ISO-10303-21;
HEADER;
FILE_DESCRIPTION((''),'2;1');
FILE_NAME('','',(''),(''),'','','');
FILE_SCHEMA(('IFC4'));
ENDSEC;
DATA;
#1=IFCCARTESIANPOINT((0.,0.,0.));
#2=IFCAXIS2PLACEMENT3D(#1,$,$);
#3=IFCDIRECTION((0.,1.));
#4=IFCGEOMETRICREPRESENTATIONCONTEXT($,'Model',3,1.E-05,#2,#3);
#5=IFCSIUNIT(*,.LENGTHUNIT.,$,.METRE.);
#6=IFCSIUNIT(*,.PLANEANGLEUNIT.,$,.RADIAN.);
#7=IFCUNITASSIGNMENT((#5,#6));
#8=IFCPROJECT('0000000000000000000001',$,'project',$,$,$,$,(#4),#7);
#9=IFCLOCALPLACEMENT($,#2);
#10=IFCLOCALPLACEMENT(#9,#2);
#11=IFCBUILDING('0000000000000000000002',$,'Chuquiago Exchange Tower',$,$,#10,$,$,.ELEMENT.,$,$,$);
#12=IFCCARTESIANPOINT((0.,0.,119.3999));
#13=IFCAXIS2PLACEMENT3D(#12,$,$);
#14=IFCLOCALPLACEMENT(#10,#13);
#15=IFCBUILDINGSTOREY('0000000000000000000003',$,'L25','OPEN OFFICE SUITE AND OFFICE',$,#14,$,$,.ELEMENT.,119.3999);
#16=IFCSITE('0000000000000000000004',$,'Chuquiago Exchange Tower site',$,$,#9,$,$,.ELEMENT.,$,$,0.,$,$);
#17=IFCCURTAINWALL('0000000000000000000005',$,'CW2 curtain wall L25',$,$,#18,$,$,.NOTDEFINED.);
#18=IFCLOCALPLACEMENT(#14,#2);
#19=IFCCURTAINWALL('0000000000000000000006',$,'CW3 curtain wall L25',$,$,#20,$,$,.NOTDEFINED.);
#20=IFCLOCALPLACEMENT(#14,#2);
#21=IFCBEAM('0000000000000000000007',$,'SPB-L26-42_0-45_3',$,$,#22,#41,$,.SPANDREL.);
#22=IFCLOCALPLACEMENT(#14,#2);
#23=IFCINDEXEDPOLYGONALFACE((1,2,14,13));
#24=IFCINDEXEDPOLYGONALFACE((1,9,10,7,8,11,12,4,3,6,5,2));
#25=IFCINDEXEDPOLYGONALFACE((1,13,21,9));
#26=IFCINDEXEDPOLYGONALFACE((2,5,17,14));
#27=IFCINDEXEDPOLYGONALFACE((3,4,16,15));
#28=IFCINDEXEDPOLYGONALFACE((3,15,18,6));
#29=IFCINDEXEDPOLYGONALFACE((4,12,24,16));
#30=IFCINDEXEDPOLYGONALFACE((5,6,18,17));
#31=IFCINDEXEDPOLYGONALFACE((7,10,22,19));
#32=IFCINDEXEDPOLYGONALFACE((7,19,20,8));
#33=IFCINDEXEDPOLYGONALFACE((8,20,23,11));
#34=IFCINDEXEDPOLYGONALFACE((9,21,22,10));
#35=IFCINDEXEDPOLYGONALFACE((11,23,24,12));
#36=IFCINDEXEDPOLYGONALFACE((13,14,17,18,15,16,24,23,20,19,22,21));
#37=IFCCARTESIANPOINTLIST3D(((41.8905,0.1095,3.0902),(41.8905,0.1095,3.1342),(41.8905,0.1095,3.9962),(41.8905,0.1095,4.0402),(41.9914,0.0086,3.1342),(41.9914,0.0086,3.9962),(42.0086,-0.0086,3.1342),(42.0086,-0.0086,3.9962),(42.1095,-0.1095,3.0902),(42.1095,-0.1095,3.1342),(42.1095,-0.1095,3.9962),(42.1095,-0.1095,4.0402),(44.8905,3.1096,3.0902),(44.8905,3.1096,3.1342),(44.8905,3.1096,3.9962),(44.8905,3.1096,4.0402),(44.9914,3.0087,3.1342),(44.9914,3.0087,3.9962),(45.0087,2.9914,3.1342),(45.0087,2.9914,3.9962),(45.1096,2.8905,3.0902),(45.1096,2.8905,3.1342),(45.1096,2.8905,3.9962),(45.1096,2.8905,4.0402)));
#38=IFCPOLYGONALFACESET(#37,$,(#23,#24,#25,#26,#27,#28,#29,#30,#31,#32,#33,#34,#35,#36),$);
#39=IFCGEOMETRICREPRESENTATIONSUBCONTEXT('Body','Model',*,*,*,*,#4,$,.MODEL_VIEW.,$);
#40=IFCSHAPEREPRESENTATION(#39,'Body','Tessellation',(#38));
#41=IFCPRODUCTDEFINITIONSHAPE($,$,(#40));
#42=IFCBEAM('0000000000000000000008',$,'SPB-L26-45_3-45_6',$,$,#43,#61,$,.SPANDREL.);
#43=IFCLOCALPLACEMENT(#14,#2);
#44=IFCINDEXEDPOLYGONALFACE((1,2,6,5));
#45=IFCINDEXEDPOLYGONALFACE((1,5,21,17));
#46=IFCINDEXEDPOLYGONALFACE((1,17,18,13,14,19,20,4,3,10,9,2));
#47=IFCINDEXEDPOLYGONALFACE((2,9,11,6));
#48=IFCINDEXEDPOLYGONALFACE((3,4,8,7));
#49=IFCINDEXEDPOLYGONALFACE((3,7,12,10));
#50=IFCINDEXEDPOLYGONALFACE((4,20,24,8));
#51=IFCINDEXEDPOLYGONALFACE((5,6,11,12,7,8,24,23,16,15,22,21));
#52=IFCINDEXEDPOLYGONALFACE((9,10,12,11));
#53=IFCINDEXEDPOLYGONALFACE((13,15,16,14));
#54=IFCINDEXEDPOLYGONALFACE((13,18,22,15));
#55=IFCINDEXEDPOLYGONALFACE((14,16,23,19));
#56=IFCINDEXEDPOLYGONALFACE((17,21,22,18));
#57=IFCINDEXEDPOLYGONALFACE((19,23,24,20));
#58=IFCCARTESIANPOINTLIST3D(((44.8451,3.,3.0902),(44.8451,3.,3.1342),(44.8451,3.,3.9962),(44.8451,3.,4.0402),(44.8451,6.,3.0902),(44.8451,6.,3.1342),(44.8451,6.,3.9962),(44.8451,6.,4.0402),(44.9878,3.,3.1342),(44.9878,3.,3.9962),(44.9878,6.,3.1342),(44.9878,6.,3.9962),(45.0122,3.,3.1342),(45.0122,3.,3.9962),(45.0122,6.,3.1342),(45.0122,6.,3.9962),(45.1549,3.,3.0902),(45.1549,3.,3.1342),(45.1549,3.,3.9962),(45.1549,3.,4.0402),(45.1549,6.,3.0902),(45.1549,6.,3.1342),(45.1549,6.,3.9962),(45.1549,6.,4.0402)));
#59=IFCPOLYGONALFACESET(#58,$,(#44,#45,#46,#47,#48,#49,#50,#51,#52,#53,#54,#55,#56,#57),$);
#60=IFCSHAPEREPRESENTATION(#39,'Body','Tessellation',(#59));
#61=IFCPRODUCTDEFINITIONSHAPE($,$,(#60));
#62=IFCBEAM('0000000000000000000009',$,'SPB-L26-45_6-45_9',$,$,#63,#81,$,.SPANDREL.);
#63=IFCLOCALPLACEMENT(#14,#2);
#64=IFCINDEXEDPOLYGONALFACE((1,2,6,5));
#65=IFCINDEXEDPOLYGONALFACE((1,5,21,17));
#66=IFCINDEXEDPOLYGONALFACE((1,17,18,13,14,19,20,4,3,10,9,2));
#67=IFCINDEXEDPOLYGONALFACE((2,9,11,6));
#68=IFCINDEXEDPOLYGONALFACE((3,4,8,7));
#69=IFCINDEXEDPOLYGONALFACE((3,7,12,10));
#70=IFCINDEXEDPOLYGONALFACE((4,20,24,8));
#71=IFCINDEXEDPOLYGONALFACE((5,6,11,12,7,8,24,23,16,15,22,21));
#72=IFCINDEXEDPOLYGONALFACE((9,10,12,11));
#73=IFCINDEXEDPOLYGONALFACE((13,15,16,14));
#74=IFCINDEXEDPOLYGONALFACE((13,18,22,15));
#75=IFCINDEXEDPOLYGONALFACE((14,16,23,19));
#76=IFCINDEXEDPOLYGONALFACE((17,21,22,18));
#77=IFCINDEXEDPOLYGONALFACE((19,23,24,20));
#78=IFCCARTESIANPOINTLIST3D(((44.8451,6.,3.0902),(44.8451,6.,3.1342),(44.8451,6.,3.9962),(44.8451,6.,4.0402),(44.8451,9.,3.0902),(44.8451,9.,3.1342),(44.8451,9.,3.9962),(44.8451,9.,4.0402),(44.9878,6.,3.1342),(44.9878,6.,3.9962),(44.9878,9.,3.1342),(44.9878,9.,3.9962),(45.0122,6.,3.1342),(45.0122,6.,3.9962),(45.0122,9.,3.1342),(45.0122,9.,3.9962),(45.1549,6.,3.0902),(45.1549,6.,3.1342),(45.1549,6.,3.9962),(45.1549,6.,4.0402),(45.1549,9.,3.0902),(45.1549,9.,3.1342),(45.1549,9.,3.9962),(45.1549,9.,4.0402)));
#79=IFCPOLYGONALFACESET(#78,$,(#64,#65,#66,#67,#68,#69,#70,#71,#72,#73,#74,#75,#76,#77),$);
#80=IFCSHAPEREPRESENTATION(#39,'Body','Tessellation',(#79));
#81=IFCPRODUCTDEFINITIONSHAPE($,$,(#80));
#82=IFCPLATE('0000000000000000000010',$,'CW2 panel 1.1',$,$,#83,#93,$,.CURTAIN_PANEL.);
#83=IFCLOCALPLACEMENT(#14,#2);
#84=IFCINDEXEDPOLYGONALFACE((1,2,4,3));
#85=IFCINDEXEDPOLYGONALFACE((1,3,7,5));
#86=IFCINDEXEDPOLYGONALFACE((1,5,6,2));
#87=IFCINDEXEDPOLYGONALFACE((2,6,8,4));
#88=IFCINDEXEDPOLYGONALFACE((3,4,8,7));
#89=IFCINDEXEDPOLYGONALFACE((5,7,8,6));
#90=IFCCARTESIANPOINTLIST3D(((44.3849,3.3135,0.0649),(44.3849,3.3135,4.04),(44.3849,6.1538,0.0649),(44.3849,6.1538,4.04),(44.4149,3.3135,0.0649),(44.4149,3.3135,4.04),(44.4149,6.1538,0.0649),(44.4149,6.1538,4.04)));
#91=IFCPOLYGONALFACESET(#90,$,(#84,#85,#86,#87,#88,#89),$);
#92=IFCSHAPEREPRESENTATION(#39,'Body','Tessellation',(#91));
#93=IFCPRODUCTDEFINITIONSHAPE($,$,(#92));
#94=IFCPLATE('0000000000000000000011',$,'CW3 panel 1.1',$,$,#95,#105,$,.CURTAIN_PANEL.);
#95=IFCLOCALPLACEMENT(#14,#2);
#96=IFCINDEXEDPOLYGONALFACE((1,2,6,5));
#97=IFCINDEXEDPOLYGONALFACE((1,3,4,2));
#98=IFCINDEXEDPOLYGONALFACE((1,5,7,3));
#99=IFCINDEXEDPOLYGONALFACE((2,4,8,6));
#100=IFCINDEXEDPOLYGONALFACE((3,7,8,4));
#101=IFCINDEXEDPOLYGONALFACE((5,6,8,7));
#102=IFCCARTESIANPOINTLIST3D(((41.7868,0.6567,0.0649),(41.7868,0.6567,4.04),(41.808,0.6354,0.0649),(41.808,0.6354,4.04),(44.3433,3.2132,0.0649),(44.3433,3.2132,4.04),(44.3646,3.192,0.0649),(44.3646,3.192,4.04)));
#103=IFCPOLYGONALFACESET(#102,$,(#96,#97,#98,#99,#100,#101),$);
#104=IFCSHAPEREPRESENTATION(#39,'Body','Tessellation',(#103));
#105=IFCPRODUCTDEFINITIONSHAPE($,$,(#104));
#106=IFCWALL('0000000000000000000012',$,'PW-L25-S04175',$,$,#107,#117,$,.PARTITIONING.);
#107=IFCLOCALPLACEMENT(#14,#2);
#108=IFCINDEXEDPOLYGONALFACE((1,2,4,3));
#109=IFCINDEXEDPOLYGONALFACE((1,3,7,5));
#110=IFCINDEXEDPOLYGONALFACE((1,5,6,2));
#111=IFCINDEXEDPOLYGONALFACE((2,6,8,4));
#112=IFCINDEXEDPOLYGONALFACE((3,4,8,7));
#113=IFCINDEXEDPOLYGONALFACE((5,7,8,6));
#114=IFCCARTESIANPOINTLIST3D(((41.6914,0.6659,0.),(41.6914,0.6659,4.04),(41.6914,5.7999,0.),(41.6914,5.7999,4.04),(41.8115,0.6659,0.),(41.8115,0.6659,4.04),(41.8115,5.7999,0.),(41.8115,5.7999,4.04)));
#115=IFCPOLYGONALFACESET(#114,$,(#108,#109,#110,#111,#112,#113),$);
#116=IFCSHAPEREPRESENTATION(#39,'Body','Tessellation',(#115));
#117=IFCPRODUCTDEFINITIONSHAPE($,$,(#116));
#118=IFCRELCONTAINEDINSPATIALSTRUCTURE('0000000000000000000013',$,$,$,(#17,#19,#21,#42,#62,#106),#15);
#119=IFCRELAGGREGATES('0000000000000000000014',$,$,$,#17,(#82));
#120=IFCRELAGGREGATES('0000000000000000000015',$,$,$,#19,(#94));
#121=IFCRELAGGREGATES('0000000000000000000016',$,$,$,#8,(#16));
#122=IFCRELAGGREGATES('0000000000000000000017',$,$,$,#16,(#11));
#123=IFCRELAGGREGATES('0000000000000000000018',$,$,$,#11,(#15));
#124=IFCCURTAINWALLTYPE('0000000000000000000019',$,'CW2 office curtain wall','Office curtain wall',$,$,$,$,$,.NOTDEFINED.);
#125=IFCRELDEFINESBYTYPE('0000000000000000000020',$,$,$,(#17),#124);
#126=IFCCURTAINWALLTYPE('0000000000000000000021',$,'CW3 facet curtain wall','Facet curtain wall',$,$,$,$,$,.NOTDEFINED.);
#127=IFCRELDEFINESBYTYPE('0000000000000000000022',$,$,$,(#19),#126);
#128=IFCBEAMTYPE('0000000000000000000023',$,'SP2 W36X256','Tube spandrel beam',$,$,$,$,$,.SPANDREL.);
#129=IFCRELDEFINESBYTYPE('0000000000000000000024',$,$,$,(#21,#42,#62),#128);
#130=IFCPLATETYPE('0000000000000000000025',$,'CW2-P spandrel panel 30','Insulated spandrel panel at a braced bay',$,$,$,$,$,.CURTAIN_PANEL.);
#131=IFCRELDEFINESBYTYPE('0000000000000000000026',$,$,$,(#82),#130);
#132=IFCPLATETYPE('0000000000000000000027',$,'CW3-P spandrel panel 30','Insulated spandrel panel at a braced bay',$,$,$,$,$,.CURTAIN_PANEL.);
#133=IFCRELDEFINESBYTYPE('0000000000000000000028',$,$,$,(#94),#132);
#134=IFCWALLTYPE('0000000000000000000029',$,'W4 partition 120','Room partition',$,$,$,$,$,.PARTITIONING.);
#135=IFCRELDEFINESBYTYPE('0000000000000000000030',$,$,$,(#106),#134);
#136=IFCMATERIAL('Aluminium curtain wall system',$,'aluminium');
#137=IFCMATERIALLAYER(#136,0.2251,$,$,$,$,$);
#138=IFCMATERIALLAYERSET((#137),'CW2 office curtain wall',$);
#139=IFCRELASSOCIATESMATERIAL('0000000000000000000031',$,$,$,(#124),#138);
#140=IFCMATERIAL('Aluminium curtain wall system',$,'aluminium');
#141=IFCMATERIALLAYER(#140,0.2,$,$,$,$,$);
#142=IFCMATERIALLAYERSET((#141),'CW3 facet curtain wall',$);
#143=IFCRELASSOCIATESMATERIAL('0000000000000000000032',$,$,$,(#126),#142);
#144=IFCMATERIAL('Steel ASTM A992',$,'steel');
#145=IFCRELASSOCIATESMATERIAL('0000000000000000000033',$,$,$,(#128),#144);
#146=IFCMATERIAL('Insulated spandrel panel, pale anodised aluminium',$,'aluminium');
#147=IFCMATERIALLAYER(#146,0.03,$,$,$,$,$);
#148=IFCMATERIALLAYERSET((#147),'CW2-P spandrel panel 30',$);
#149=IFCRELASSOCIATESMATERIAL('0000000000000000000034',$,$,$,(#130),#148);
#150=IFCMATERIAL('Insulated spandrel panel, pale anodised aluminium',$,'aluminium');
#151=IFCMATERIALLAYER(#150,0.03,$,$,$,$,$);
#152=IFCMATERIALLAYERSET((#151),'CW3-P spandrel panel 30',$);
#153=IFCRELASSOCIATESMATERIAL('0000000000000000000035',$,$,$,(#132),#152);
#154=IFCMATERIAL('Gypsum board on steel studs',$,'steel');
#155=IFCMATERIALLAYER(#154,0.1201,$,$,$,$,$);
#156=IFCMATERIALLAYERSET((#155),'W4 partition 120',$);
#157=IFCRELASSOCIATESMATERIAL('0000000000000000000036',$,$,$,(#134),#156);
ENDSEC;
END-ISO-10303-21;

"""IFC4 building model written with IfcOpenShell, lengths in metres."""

from ifc_helpers import new_model, si_unit, direction, frame, frame_2d, origin, origin_2d, place, context, subcontext, project, spatial, rectangle, i_section, extrude, material, layer, layer_set, material_profile, profile_set, type_object, element, aggregate, save


model = new_model("IFC4")

# Units and contexts
model_context = context("Model", 3, precision=1e-05, world=origin(), true_north=direction((0.0, 1.0)))
body_context = subcontext(model_context, "Body", "Model", "MODEL_VIEW")
ifc_project = project(units=[si_unit("LENGTHUNIT", "METRE"), si_unit("PLANEANGLEUNIT", "RADIAN")], contexts=[model_context])

# Site, building, storey
site_placement = place(None, origin())
site = spatial("IfcSite", under=ifc_project, at=site_placement, Name="Chuquiago Exchange Tower site", CompositionType="ELEMENT", RefElevation=0.0)
building_placement = place(site_placement, origin())
building = spatial("IfcBuilding", under=site, at=building_placement, Name="Chuquiago Exchange Tower", CompositionType="ELEMENT")
storey_placement = place(building_placement, frame((0.0, 0.0, 119.3999)))
storey = spatial("IfcBuildingStorey", under=building, at=storey_placement, Name="L25", Description="OPEN OFFICE SUITE AND OFFICE", CompositionType="ELEMENT", Elevation=119.3999)

# Curtain walls
ifc_material_1 = material(Name="Aluminium curtain wall system", Category="aluminium")
ifc_layer_1 = layer(ifc_material_1, 0.2251)
ifc_layer_set_1 = layer_set([ifc_layer_1], Name="CW2 office curtain wall")
curtain_wall_type_1 = type_object("IfcCurtainWallType", Name="CW2 office curtain wall", Description="Office curtain wall", PredefinedType="NOTDEFINED", material=ifc_layer_set_1)
curtain_wall_1_placement = place(storey_placement, origin())
curtain_wall_1 = element("IfcCurtainWall", 1, at=curtain_wall_1_placement, inside=storey, type_object=curtain_wall_type_1, Name="CW2 curtain wall L25", PredefinedType="NOTDEFINED")
ifc_material_2 = material(Name="Aluminium curtain wall system", Category="aluminium")
ifc_layer_2 = layer(ifc_material_2, 0.2)
ifc_layer_set_2 = layer_set([ifc_layer_2], Name="CW3 facet curtain wall")
curtain_wall_type_2 = type_object("IfcCurtainWallType", Name="CW3 facet curtain wall", Description="Facet curtain wall", PredefinedType="NOTDEFINED", material=ifc_layer_set_2)
curtain_wall_2_placement = place(storey_placement, origin())
curtain_wall_2 = element("IfcCurtainWall", 2, at=curtain_wall_2_placement, inside=storey, type_object=curtain_wall_type_2, Name="CW3 curtain wall L25", PredefinedType="NOTDEFINED")

# Beams
ifc_material_3 = material(Name="Steel ASTM A992", Category="steel")
ifc_material_profile_1 = material_profile(ifc_material_3, i_section(OverallWidth=0.3098, OverallDepth=0.95, WebThickness=0.0244, FlangeThickness=0.0439, at=origin_2d()), Name="W36X256")
ifc_profile_set_1 = profile_set([ifc_material_profile_1], Name="Steel ASTM A992")
beam_type = type_object("IfcBeamType", Name="SP2 W36X256", Description="Tube spandrel beam", PredefinedType="SPANDREL", material=ifc_profile_set_1)
beam_placement = place(storey_placement, frame((42.0, 0.0, 3.5652), z_axis=(0.707107, 0.707107, 0.0), x_axis=(-0.707107, 0.707107, 0.0)))
element("IfcBeam", 3, at=beam_placement, inside=storey, type_object=beam_type, Name="SPB-L26-42_0-45_3", PredefinedType="SPANDREL", context=body_context, shape_type="SweptSolid", body=[
    extrude(i_section(OverallWidth=0.3098, OverallDepth=0.95, WebThickness=0.0244, FlangeThickness=0.0439, at=origin_2d()), origin(), (0.0, 0.0, 1.0), 4.2427),
])
for number, where, z_axis, x_axis, name in (
    (4, (45.0, 3.0, 3.5652), (0.0, 1.0, 0.0), (-1.0, 0.0, 0.0), "SPB-L26-45_3-45_6"),
    (5, (45.0, 6.0, 3.5652), (0.0, 1.0, 0.0), (-1.0, 0.0, 0.0), "SPB-L26-45_6-45_9"),
):
    element("IfcBeam", number, at=place(storey_placement, frame(where, z_axis=z_axis, x_axis=x_axis)), inside=storey, type_object=beam_type, Name=name, PredefinedType="SPANDREL", context=body_context, shape_type="SweptSolid", body=[
        extrude(i_section(OverallWidth=0.3098, OverallDepth=0.95, WebThickness=0.0244, FlangeThickness=0.0439, at=origin_2d()), origin(), (0.0, 0.0, 1.0), 3.0),
    ])

# Plates
ifc_material_4 = material(Name="Insulated spandrel panel, pale anodised aluminium", Category="aluminium")
ifc_layer_3 = layer(ifc_material_4, 0.03)
ifc_layer_set_3 = layer_set([ifc_layer_3], Name="CW2-P spandrel panel 30")
plate_type_1 = type_object("IfcPlateType", Name="CW2-P spandrel panel 30", Description="Insulated spandrel panel at a braced bay", PredefinedType="CURTAIN_PANEL", material=ifc_layer_set_3)
plate_1_placement = place(storey_placement, frame((44.3999, 4.7336, 0.0649), z_axis=(0.0, 0.0, 1.0), x_axis=(0.0, 1.0, 0.0)))
plate_1 = element("IfcPlate", 6, at=plate_1_placement, type_object=plate_type_1, Name="CW2 panel 1.1", PredefinedType="CURTAIN_PANEL", context=body_context, shape_type="SweptSolid", body=[
    extrude(rectangle(XDim=2.8403, YDim=0.03, at=origin_2d()), origin(), (0.0, 0.0, 1.0), 3.9751),
])
aggregate(curtain_wall_1, [plate_1])
ifc_material_5 = material(Name="Insulated spandrel panel, pale anodised aluminium", Category="aluminium")
ifc_layer_4 = layer(ifc_material_5, 0.03)
ifc_layer_set_4 = layer_set([ifc_layer_4], Name="CW3-P spandrel panel 30")
plate_type_2 = type_object("IfcPlateType", Name="CW3-P spandrel panel 30", Description="Insulated spandrel panel at a braced bay", PredefinedType="CURTAIN_PANEL", material=ifc_layer_set_4)
plate_2_placement = place(storey_placement, frame((43.0757, 1.9243, 0.0649), z_axis=(0.0, 0.0, 1.0), x_axis=(0.707107, 0.707107, 0.0)))
plate_2 = element("IfcPlate", 7, at=plate_2_placement, type_object=plate_type_2, Name="CW3 panel 1.1", PredefinedType="CURTAIN_PANEL", context=body_context, shape_type="SweptSolid", body=[
    extrude(rectangle(XDim=3.6155, YDim=0.03, at=origin_2d()), origin(), (0.0, 0.0, 1.0), 3.9751),
])
aggregate(curtain_wall_2, [plate_2])

# Wall
ifc_material_6 = material(Name="Gypsum board on steel studs", Category="steel")
ifc_layer_5 = layer(ifc_material_6, 0.1201)
ifc_layer_set_5 = layer_set([ifc_layer_5], Name="W4 partition 120")
wall_type = type_object("IfcWallType", Name="W4 partition 120", Description="Room partition", PredefinedType="PARTITIONING", material=ifc_layer_set_5)
wall_1_placement = place(storey_placement, frame((41.7515, 0.666, 0.0), z_axis=(0.0, 0.0, 1.0), x_axis=(0.0, 1.0, 0.0)))
element("IfcWall", 8, at=wall_1_placement, inside=storey, type_object=wall_type, Name="PW-L25-S04175", PredefinedType="PARTITIONING", context=body_context, shape_type="SweptSolid", body=[
    extrude(rectangle(XDim=5.134, YDim=0.1201, at=frame_2d((2.5669, 0.0))), origin(), (0.0, 0.0, 1.0), 4.04),
])

save(model, "model.ifc")
